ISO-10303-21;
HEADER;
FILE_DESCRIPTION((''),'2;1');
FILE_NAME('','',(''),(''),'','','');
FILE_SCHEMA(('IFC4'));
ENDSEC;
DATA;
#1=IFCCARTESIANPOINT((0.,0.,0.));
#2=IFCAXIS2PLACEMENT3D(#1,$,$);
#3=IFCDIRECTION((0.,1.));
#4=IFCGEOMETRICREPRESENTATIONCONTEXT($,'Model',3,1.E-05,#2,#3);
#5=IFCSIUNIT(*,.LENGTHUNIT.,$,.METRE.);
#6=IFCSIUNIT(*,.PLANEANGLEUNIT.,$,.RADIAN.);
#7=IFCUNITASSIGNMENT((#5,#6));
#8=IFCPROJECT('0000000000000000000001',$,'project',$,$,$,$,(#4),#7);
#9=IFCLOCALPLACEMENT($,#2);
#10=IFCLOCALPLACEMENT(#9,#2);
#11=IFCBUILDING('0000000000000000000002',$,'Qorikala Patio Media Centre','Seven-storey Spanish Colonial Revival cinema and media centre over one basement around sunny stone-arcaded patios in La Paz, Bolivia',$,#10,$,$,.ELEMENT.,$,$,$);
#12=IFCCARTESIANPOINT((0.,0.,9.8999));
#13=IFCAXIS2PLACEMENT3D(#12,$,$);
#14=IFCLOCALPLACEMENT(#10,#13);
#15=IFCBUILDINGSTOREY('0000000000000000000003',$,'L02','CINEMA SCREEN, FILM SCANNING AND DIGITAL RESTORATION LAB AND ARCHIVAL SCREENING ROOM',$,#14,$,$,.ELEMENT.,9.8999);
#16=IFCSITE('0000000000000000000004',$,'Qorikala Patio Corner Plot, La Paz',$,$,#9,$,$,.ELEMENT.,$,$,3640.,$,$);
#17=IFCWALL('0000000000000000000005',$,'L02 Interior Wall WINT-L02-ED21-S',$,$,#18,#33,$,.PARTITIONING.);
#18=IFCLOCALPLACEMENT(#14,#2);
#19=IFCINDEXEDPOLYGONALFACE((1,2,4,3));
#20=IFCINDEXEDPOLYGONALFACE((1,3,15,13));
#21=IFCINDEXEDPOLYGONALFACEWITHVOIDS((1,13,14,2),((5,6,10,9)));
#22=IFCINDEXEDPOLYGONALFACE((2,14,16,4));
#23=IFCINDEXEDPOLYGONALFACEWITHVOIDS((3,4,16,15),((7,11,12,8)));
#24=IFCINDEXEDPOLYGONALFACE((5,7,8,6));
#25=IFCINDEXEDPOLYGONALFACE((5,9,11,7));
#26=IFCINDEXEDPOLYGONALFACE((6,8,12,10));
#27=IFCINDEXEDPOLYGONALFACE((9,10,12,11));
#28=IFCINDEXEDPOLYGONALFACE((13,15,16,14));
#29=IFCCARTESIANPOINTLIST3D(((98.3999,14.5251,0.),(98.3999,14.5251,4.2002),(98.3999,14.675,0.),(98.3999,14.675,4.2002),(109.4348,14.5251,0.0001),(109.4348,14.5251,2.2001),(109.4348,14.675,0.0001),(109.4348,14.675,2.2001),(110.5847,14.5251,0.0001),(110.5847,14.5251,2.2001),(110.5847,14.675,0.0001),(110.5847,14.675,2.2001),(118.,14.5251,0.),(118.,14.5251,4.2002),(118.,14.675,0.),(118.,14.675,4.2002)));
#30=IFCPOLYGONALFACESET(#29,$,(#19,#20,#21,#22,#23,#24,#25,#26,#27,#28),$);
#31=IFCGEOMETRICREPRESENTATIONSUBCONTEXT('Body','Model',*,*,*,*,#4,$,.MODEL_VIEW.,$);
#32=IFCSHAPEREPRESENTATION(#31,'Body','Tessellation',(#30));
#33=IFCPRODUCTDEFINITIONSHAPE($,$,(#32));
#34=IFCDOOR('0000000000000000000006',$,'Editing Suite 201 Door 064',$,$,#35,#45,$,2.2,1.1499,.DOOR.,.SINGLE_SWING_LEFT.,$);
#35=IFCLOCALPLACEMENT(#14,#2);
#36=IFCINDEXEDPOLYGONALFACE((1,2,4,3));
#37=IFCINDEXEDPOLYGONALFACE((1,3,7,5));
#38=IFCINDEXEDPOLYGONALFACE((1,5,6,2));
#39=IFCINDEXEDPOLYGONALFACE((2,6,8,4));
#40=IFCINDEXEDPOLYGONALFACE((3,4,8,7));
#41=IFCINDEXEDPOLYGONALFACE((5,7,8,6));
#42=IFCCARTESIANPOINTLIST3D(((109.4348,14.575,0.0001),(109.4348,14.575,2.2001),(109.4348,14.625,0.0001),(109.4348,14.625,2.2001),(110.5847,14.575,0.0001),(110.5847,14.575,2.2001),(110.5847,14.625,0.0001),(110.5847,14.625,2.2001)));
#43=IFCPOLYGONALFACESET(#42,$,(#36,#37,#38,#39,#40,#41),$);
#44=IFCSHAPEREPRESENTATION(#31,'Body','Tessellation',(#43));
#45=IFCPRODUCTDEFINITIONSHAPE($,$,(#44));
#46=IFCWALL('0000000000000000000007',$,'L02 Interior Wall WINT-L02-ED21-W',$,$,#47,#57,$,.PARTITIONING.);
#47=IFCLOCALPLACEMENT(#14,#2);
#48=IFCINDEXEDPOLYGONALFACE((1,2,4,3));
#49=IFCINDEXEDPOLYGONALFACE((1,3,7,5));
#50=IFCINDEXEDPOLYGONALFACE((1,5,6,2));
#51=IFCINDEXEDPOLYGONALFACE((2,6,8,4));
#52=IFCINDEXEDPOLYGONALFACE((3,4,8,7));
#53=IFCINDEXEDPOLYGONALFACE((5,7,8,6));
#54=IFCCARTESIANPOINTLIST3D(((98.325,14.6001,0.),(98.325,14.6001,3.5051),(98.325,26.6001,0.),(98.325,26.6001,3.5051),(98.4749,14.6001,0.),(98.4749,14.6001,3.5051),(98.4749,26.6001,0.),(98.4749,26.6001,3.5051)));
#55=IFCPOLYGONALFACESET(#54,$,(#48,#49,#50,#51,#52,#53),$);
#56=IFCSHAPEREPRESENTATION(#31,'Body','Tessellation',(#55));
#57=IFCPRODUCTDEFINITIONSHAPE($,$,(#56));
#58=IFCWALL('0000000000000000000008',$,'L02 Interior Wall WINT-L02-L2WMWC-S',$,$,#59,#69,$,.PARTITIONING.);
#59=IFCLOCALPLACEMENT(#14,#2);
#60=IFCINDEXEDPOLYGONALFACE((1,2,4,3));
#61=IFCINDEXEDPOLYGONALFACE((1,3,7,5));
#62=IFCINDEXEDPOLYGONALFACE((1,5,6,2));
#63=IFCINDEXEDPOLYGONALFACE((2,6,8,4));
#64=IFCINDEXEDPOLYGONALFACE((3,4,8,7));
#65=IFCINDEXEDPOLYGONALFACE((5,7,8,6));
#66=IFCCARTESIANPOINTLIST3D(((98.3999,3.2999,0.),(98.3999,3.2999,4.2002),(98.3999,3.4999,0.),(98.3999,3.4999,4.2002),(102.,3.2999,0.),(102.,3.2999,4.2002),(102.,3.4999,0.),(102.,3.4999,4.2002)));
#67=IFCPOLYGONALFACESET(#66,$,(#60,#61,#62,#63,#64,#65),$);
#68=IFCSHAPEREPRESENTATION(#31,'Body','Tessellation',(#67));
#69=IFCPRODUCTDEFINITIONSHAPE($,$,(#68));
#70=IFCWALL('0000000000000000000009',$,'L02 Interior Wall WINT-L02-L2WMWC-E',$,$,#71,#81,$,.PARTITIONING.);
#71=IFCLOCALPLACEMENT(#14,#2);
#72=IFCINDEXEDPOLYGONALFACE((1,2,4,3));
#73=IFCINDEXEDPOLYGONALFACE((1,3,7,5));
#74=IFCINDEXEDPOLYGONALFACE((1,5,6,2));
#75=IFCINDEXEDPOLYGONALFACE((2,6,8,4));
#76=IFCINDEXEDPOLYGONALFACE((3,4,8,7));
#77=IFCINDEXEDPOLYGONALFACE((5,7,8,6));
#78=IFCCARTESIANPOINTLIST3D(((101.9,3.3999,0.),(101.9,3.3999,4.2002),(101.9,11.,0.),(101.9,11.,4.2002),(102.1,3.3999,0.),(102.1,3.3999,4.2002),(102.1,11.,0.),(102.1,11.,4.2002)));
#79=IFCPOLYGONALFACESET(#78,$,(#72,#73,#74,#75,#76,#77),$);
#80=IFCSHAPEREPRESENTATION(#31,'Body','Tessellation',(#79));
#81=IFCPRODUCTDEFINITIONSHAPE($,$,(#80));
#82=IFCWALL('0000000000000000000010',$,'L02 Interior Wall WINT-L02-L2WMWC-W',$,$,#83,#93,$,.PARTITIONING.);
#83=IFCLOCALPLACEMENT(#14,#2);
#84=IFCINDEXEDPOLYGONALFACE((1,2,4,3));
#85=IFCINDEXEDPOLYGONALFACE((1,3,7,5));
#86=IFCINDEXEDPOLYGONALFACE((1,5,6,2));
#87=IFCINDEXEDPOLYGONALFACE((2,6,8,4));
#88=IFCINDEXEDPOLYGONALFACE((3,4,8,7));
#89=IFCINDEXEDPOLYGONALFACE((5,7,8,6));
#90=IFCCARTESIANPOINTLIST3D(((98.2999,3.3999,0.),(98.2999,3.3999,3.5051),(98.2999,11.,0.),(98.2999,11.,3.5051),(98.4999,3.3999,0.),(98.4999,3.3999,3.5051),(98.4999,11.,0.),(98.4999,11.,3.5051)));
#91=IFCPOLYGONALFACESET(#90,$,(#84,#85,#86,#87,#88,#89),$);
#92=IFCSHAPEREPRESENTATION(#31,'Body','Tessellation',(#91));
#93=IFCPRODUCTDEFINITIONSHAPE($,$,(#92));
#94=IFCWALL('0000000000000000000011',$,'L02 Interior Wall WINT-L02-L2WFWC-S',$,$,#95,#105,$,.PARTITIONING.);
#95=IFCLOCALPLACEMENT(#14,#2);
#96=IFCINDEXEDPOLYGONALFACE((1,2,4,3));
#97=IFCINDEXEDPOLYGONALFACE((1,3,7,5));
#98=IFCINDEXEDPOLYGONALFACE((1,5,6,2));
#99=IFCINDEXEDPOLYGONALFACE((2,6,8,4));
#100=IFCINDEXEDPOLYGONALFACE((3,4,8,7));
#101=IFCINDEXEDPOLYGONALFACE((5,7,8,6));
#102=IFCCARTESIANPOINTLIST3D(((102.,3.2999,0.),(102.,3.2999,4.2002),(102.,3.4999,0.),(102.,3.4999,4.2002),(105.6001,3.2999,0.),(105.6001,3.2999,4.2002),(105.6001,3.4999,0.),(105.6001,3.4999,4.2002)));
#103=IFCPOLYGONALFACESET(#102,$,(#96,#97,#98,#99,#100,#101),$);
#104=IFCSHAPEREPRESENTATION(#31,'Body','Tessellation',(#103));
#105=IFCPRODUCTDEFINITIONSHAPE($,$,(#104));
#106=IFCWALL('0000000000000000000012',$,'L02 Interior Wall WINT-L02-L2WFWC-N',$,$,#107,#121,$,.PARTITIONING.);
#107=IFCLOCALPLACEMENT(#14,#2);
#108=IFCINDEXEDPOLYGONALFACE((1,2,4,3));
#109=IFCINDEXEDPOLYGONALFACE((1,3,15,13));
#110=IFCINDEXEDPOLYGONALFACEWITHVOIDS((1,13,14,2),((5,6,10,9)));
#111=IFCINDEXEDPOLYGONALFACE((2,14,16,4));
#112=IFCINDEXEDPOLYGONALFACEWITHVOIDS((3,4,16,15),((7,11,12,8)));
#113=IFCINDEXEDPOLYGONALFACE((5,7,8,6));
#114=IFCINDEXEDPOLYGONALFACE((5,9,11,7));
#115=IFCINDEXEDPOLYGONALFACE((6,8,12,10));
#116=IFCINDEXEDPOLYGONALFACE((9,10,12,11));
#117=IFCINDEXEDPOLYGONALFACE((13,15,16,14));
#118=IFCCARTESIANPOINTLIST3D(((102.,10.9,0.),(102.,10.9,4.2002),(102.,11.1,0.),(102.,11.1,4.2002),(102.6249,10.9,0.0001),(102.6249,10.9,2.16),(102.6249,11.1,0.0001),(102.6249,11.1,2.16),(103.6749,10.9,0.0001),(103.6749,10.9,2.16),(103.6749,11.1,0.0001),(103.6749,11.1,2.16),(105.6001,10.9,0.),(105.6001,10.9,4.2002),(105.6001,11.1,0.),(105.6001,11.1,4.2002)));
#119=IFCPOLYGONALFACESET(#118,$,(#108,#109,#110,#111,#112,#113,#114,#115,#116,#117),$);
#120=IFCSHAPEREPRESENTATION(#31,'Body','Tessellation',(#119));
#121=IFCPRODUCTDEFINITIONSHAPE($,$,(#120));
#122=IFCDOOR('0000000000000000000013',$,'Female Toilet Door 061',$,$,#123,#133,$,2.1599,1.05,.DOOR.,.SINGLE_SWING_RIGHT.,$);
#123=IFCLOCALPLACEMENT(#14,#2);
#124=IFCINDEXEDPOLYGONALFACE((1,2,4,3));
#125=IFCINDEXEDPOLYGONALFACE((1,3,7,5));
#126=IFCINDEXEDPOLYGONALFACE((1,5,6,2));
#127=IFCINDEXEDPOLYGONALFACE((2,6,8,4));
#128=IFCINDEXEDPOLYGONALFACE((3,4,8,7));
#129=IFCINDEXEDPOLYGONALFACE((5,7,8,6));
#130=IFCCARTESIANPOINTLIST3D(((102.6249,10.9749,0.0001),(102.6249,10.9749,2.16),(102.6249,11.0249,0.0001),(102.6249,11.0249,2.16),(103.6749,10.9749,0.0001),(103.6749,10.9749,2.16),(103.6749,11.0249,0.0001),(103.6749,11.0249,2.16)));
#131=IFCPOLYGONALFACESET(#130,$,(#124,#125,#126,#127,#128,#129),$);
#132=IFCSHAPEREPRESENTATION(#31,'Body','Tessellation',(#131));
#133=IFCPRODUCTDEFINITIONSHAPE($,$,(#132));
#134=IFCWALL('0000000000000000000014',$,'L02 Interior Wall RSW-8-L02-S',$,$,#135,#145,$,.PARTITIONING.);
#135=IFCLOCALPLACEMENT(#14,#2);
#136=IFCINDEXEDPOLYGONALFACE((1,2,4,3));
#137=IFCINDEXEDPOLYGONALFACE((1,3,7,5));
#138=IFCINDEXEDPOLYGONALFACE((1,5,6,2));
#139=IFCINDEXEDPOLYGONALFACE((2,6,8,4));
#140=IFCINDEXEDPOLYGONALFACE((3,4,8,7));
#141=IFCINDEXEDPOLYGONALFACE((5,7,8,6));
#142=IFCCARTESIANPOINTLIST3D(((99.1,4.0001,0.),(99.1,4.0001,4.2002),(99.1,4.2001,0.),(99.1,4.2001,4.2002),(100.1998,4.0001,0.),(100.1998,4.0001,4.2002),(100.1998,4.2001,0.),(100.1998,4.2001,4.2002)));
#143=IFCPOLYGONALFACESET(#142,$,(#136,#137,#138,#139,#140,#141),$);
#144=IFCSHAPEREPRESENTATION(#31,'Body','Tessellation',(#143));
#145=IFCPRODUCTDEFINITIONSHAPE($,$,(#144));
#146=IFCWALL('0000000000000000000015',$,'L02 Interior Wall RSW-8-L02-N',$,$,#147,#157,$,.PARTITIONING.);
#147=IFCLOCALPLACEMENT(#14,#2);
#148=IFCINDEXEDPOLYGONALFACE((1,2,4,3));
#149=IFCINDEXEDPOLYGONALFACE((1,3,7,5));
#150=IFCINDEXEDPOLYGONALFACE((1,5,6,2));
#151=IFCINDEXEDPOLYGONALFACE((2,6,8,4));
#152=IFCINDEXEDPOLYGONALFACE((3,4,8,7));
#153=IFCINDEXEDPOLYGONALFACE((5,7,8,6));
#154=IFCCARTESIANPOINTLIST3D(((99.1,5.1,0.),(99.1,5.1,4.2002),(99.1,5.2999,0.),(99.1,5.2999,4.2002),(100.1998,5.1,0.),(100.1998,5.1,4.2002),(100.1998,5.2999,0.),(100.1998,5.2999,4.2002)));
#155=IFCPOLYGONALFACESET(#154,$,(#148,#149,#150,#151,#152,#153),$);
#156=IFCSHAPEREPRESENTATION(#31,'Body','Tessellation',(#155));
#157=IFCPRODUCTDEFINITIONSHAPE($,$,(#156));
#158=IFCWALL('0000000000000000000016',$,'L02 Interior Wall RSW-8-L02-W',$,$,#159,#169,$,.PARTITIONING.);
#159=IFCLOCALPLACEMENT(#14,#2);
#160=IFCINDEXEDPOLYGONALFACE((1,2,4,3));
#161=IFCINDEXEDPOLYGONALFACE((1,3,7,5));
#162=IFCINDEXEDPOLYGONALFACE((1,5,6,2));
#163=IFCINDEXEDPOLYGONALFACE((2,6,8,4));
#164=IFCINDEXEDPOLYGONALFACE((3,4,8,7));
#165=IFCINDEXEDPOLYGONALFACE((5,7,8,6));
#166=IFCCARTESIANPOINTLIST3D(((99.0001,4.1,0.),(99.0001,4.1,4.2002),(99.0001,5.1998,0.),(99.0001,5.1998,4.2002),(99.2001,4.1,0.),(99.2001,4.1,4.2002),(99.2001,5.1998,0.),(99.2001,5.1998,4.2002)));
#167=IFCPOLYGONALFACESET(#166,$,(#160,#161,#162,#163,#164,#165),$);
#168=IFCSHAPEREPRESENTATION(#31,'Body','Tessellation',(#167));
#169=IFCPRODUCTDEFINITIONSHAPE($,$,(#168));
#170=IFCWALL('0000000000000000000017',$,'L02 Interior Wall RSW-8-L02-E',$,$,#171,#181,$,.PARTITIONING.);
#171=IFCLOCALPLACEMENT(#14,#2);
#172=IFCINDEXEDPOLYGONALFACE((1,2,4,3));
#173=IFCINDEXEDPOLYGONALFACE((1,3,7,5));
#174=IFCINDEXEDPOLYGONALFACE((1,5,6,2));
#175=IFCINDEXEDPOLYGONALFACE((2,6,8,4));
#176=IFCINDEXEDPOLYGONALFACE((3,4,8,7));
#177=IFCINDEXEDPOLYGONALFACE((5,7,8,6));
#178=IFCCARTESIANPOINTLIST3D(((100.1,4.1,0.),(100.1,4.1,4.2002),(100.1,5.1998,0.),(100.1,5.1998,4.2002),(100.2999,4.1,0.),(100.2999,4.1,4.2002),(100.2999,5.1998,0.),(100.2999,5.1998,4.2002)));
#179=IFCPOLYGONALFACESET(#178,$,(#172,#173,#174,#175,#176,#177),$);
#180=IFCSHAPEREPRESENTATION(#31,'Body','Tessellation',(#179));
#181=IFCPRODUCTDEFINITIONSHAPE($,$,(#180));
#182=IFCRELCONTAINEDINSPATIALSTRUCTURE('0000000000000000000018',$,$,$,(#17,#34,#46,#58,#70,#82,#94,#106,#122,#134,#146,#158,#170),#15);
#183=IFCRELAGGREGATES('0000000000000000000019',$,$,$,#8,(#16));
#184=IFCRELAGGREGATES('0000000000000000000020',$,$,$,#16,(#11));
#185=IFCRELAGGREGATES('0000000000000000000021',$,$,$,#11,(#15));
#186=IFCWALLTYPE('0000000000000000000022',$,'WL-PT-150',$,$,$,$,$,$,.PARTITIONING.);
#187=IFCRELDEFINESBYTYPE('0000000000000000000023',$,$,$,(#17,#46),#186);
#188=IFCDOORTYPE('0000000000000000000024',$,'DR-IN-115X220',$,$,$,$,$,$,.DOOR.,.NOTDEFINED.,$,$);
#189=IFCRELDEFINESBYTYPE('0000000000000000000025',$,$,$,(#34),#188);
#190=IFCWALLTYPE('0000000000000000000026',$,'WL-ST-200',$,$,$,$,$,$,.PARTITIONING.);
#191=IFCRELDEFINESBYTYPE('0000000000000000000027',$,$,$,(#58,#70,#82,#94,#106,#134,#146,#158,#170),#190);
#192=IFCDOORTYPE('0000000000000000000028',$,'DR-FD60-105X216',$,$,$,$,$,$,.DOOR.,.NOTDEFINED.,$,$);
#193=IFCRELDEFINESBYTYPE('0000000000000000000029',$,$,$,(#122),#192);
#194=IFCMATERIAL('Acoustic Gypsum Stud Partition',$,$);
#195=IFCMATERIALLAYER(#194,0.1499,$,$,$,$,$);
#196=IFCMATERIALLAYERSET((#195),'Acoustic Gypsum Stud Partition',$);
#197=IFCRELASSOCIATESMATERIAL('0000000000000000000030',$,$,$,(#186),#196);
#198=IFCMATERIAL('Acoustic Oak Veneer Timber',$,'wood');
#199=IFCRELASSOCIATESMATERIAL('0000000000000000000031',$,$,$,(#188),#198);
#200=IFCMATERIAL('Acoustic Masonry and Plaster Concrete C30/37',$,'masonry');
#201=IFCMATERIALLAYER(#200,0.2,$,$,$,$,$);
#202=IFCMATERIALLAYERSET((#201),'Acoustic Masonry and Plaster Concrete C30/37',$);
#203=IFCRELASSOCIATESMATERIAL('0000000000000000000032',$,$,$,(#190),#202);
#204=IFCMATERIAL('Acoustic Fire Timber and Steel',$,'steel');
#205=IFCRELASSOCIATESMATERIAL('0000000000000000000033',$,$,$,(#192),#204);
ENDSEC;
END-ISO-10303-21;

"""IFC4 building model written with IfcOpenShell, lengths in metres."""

from ifc_helpers import new_model, si_unit, direction, frame, frame_2d, origin, place, context, subcontext, project, spatial, rectangle, extrude, material, layer, layer_set, type_object, element, fill, save


model = new_model("IFC4")

# Units and contexts
model_context = context("Model", 3, precision=1e-05, world=origin(), true_north=direction((0.0, 1.0)))
body_context = subcontext(model_context, "Body", "Model", "MODEL_VIEW")
ifc_project = project(units=[si_unit("LENGTHUNIT", "METRE"), si_unit("PLANEANGLEUNIT", "RADIAN")], contexts=[model_context])

# Site, building, storey
site_placement = place(None, origin())
site = spatial("IfcSite", under=ifc_project, at=site_placement, Name="Qorikala Patio Corner Plot, La Paz", CompositionType="ELEMENT", RefElevation=3640.0)
building_placement = place(site_placement, origin())
building = spatial("IfcBuilding", under=site, at=building_placement, Name="Qorikala Patio Media Centre", Description="Seven-storey Spanish Colonial Revival cinema and media centre over one basement around sunny stone-arcaded patios in La Paz, Bolivia", CompositionType="ELEMENT")
storey_placement = place(building_placement, frame((0.0, 0.0, 9.8999)))
storey = spatial("IfcBuildingStorey", under=building, at=storey_placement, Name="L02", Description="CINEMA SCREEN, FILM SCANNING AND DIGITAL RESTORATION LAB AND ARCHIVAL SCREENING ROOM", CompositionType="ELEMENT", Elevation=9.8999)

# Wall, opening, door
ifc_material_1 = material(Name="Acoustic Gypsum Stud Partition")
ifc_layer_1 = layer(ifc_material_1, 0.1499)
ifc_layer_set_1 = layer_set([ifc_layer_1], Name="Acoustic Gypsum Stud Partition")
wall_type_1 = type_object("IfcWallType", Name="WL-PT-150", PredefinedType="PARTITIONING", material=ifc_layer_set_1)
wall_1_placement = place(storey_placement, frame((98.3999, 14.6001, 0.0), z_axis=(0.0, 0.0, 1.0), x_axis=(1.0, 0.0, 0.0)))
wall_1 = element("IfcWall", 1, at=wall_1_placement, inside=storey, type_object=wall_type_1, Name="L02 Interior Wall WINT-L02-ED21-S", PredefinedType="PARTITIONING", context=body_context, shape_type="SweptSolid", body=[
    extrude(rectangle(XDim=19.6001, YDim=0.1499, at=frame_2d((9.8, 0.0))), origin(), (0.0, 0.0, 1.0), 4.2002),
])
opening_1_placement = place(wall_1_placement, frame((11.0349, 0.0, 0.0)))
opening_1 = element("IfcOpeningElement", 2, at=opening_1_placement, cuts=wall_1, PredefinedType="OPENING", context=body_context, shape_type="SweptSolid", body=[
    extrude(rectangle(XDim=1.1499, YDim=2.2, at=frame_2d((0.575, 1.1001))), frame((0.0, 0.085, 0.0), z_axis=(0.0, -1.0, 0.0), x_axis=(1.0, 0.0, 0.0)), (0.0, 0.0, 1.0), 0.1699),
])
ifc_material_2 = material(Name="Acoustic Oak Veneer Timber", Category="wood")
door_type_1 = type_object("IfcDoorType", Name="DR-IN-115X220", OperationType="NOTDEFINED", PredefinedType="DOOR", material=ifc_material_2)
door_1_placement = place(opening_1_placement, origin())
door_1 = element("IfcDoor", 3, at=door_1_placement, inside=storey, type_object=door_type_1, Name="Editing Suite 201 Door 064", OperationType="SINGLE_SWING_LEFT", OverallHeight=2.2, OverallWidth=1.1499, PredefinedType="DOOR", context=body_context, shape_type="SweptSolid", body=[
    extrude(rectangle(XDim=1.1499, YDim=2.2, at=frame_2d((0.575, 1.1001))), frame((0.0, 0.0249, 0.0), z_axis=(0.0, -1.0, 0.0), x_axis=(1.0, 0.0, 0.0)), (0.0, 0.0, 1.0), 0.05),
])
fill(opening_1, door_1)

# Walls
wall_2_placement = place(storey_placement, frame((98.3999, 14.6001, 0.0), z_axis=(0.0, 0.0, 1.0), x_axis=(0.0, 1.0, 0.0)))
element("IfcWall", 4, at=wall_2_placement, inside=storey, type_object=wall_type_1, Name="L02 Interior Wall WINT-L02-ED21-W", PredefinedType="PARTITIONING", context=body_context, shape_type="SweptSolid", body=[
    extrude(rectangle(XDim=12.0, YDim=0.1499, at=frame_2d((6.0, 0.0))), origin(), (0.0, 0.0, 1.0), 3.5051),
])
ifc_material_3 = material(Name="Acoustic Masonry and Plaster Concrete C30/37", Category="masonry")
ifc_layer_2 = layer(ifc_material_3, 0.2)
ifc_layer_set_2 = layer_set([ifc_layer_2], Name="Acoustic Masonry and Plaster Concrete C30/37")
wall_type_2 = type_object("IfcWallType", Name="WL-ST-200", PredefinedType="PARTITIONING", material=ifc_layer_set_2)
wall_3_placement = place(storey_placement, frame((98.3999, 3.3999, 0.0), z_axis=(0.0, 0.0, 1.0), x_axis=(1.0, 0.0, 0.0)))
element("IfcWall", 5, at=wall_3_placement, inside=storey, type_object=wall_type_2, Name="L02 Interior Wall WINT-L02-L2WMWC-S", PredefinedType="PARTITIONING", context=body_context, shape_type="SweptSolid", body=[
    extrude(rectangle(XDim=3.6001, YDim=0.2, at=frame_2d((1.8, 0.0))), origin(), (0.0, 0.0, 1.0), 4.2002),
])
wall_4_placement = place(storey_placement, frame((102.0, 3.3999, 0.0), z_axis=(0.0, 0.0, 1.0), x_axis=(0.0, 1.0, 0.0)))
element("IfcWall", 6, at=wall_4_placement, inside=storey, type_object=wall_type_2, Name="L02 Interior Wall WINT-L02-L2WMWC-E", PredefinedType="PARTITIONING", context=body_context, shape_type="SweptSolid", body=[
    extrude(rectangle(XDim=7.6001, YDim=0.2, at=frame_2d((3.8, 0.0))), origin(), (0.0, 0.0, 1.0), 4.2002),
])

# Shared definitions
ifc_material_4 = material(Name="Acoustic Fire Timber and Steel", Category="steel")

# Walls
wall_5_placement = place(storey_placement, frame((98.3999, 3.3999, 0.0), z_axis=(0.0, 0.0, 1.0), x_axis=(0.0, 1.0, 0.0)))
element("IfcWall", 7, at=wall_5_placement, inside=storey, type_object=wall_type_2, Name="L02 Interior Wall WINT-L02-L2WMWC-W", PredefinedType="PARTITIONING", context=body_context, shape_type="SweptSolid", body=[
    extrude(rectangle(XDim=7.6001, YDim=0.2, at=frame_2d((3.8, 0.0))), origin(), (0.0, 0.0, 1.0), 3.5051),
])
wall_6_placement = place(storey_placement, frame((102.0, 3.3999, 0.0), z_axis=(0.0, 0.0, 1.0), x_axis=(1.0, 0.0, 0.0)))
element("IfcWall", 8, at=wall_6_placement, inside=storey, type_object=wall_type_2, Name="L02 Interior Wall WINT-L02-L2WFWC-S", PredefinedType="PARTITIONING", context=body_context, shape_type="SweptSolid", body=[
    extrude(rectangle(XDim=3.6001, YDim=0.2, at=frame_2d((1.8, 0.0))), origin(), (0.0, 0.0, 1.0), 4.2002),
])

# Wall, opening, door
wall_7_placement = place(storey_placement, frame((102.0, 11.0, 0.0), z_axis=(0.0, 0.0, 1.0), x_axis=(1.0, 0.0, 0.0)))
wall_7 = element("IfcWall", 9, at=wall_7_placement, inside=storey, type_object=wall_type_2, Name="L02 Interior Wall WINT-L02-L2WFWC-N", PredefinedType="PARTITIONING", context=body_context, shape_type="SweptSolid", body=[
    extrude(rectangle(XDim=3.6001, YDim=0.2, at=frame_2d((1.8, 0.0))), origin(), (0.0, 0.0, 1.0), 4.2002),
])
opening_2_placement = place(wall_7_placement, frame((0.625, 0.0, 0.0)))
opening_2 = element("IfcOpeningElement", 10, at=opening_2_placement, cuts=wall_7, PredefinedType="OPENING", context=body_context, shape_type="SweptSolid", body=[
    extrude(rectangle(XDim=1.05, YDim=2.1599, at=frame_2d((0.5249, 1.0801))), frame((0.0, 0.1099, 0.0), z_axis=(0.0, -1.0, 0.0), x_axis=(1.0, 0.0, 0.0)), (0.0, 0.0, 1.0), 0.22),
])
door_type_2 = type_object("IfcDoorType", Name="DR-FD60-105X216", OperationType="NOTDEFINED", PredefinedType="DOOR", material=ifc_material_4)
door_2_placement = place(opening_2_placement, origin())
door_2 = element("IfcDoor", 11, at=door_2_placement, inside=storey, type_object=door_type_2, Name="Female Toilet Door 061", OperationType="SINGLE_SWING_RIGHT", OverallHeight=2.1599, OverallWidth=1.05, PredefinedType="DOOR", context=body_context, shape_type="SweptSolid", body=[
    extrude(rectangle(XDim=1.05, YDim=2.1599, at=frame_2d((0.5249, 1.0801))), frame((0.0, 0.0249, 0.0), z_axis=(0.0, -1.0, 0.0), x_axis=(1.0, 0.0, 0.0)), (0.0, 0.0, 1.0), 0.05),
])
fill(opening_2, door_2)

# Walls
for number, where, z_axis, x_axis, name in (
    (12, (99.1001, 4.1001, 0.0), (0.0, 0.0, 1.0), (1.0, 0.0, 0.0), "L02 Interior Wall RSW-8-L02-S"),
    (13, (99.1001, 5.2, 0.0), (0.0, 0.0, 1.0), (1.0, 0.0, 0.0), "L02 Interior Wall RSW-8-L02-N"),
    (14, (99.1001, 4.1001, 0.0), (0.0, 0.0, 1.0), (0.0, 1.0, 0.0), "L02 Interior Wall RSW-8-L02-W"),
    (15, (100.2, 4.1001, 0.0), (0.0, 0.0, 1.0), (0.0, 1.0, 0.0), "L02 Interior Wall RSW-8-L02-E"),
):
    element("IfcWall", number, at=place(storey_placement, frame(where, z_axis=z_axis, x_axis=x_axis)), inside=storey, type_object=wall_type_2, Name=name, PredefinedType="PARTITIONING", context=body_context, shape_type="SweptSolid", body=[
        extrude(rectangle(XDim=1.0999, YDim=0.2, at=frame_2d((0.5498, 0.0))), origin(), (0.0, 0.0, 1.0), 4.2002),
    ])

save(model, "model.ifc")
